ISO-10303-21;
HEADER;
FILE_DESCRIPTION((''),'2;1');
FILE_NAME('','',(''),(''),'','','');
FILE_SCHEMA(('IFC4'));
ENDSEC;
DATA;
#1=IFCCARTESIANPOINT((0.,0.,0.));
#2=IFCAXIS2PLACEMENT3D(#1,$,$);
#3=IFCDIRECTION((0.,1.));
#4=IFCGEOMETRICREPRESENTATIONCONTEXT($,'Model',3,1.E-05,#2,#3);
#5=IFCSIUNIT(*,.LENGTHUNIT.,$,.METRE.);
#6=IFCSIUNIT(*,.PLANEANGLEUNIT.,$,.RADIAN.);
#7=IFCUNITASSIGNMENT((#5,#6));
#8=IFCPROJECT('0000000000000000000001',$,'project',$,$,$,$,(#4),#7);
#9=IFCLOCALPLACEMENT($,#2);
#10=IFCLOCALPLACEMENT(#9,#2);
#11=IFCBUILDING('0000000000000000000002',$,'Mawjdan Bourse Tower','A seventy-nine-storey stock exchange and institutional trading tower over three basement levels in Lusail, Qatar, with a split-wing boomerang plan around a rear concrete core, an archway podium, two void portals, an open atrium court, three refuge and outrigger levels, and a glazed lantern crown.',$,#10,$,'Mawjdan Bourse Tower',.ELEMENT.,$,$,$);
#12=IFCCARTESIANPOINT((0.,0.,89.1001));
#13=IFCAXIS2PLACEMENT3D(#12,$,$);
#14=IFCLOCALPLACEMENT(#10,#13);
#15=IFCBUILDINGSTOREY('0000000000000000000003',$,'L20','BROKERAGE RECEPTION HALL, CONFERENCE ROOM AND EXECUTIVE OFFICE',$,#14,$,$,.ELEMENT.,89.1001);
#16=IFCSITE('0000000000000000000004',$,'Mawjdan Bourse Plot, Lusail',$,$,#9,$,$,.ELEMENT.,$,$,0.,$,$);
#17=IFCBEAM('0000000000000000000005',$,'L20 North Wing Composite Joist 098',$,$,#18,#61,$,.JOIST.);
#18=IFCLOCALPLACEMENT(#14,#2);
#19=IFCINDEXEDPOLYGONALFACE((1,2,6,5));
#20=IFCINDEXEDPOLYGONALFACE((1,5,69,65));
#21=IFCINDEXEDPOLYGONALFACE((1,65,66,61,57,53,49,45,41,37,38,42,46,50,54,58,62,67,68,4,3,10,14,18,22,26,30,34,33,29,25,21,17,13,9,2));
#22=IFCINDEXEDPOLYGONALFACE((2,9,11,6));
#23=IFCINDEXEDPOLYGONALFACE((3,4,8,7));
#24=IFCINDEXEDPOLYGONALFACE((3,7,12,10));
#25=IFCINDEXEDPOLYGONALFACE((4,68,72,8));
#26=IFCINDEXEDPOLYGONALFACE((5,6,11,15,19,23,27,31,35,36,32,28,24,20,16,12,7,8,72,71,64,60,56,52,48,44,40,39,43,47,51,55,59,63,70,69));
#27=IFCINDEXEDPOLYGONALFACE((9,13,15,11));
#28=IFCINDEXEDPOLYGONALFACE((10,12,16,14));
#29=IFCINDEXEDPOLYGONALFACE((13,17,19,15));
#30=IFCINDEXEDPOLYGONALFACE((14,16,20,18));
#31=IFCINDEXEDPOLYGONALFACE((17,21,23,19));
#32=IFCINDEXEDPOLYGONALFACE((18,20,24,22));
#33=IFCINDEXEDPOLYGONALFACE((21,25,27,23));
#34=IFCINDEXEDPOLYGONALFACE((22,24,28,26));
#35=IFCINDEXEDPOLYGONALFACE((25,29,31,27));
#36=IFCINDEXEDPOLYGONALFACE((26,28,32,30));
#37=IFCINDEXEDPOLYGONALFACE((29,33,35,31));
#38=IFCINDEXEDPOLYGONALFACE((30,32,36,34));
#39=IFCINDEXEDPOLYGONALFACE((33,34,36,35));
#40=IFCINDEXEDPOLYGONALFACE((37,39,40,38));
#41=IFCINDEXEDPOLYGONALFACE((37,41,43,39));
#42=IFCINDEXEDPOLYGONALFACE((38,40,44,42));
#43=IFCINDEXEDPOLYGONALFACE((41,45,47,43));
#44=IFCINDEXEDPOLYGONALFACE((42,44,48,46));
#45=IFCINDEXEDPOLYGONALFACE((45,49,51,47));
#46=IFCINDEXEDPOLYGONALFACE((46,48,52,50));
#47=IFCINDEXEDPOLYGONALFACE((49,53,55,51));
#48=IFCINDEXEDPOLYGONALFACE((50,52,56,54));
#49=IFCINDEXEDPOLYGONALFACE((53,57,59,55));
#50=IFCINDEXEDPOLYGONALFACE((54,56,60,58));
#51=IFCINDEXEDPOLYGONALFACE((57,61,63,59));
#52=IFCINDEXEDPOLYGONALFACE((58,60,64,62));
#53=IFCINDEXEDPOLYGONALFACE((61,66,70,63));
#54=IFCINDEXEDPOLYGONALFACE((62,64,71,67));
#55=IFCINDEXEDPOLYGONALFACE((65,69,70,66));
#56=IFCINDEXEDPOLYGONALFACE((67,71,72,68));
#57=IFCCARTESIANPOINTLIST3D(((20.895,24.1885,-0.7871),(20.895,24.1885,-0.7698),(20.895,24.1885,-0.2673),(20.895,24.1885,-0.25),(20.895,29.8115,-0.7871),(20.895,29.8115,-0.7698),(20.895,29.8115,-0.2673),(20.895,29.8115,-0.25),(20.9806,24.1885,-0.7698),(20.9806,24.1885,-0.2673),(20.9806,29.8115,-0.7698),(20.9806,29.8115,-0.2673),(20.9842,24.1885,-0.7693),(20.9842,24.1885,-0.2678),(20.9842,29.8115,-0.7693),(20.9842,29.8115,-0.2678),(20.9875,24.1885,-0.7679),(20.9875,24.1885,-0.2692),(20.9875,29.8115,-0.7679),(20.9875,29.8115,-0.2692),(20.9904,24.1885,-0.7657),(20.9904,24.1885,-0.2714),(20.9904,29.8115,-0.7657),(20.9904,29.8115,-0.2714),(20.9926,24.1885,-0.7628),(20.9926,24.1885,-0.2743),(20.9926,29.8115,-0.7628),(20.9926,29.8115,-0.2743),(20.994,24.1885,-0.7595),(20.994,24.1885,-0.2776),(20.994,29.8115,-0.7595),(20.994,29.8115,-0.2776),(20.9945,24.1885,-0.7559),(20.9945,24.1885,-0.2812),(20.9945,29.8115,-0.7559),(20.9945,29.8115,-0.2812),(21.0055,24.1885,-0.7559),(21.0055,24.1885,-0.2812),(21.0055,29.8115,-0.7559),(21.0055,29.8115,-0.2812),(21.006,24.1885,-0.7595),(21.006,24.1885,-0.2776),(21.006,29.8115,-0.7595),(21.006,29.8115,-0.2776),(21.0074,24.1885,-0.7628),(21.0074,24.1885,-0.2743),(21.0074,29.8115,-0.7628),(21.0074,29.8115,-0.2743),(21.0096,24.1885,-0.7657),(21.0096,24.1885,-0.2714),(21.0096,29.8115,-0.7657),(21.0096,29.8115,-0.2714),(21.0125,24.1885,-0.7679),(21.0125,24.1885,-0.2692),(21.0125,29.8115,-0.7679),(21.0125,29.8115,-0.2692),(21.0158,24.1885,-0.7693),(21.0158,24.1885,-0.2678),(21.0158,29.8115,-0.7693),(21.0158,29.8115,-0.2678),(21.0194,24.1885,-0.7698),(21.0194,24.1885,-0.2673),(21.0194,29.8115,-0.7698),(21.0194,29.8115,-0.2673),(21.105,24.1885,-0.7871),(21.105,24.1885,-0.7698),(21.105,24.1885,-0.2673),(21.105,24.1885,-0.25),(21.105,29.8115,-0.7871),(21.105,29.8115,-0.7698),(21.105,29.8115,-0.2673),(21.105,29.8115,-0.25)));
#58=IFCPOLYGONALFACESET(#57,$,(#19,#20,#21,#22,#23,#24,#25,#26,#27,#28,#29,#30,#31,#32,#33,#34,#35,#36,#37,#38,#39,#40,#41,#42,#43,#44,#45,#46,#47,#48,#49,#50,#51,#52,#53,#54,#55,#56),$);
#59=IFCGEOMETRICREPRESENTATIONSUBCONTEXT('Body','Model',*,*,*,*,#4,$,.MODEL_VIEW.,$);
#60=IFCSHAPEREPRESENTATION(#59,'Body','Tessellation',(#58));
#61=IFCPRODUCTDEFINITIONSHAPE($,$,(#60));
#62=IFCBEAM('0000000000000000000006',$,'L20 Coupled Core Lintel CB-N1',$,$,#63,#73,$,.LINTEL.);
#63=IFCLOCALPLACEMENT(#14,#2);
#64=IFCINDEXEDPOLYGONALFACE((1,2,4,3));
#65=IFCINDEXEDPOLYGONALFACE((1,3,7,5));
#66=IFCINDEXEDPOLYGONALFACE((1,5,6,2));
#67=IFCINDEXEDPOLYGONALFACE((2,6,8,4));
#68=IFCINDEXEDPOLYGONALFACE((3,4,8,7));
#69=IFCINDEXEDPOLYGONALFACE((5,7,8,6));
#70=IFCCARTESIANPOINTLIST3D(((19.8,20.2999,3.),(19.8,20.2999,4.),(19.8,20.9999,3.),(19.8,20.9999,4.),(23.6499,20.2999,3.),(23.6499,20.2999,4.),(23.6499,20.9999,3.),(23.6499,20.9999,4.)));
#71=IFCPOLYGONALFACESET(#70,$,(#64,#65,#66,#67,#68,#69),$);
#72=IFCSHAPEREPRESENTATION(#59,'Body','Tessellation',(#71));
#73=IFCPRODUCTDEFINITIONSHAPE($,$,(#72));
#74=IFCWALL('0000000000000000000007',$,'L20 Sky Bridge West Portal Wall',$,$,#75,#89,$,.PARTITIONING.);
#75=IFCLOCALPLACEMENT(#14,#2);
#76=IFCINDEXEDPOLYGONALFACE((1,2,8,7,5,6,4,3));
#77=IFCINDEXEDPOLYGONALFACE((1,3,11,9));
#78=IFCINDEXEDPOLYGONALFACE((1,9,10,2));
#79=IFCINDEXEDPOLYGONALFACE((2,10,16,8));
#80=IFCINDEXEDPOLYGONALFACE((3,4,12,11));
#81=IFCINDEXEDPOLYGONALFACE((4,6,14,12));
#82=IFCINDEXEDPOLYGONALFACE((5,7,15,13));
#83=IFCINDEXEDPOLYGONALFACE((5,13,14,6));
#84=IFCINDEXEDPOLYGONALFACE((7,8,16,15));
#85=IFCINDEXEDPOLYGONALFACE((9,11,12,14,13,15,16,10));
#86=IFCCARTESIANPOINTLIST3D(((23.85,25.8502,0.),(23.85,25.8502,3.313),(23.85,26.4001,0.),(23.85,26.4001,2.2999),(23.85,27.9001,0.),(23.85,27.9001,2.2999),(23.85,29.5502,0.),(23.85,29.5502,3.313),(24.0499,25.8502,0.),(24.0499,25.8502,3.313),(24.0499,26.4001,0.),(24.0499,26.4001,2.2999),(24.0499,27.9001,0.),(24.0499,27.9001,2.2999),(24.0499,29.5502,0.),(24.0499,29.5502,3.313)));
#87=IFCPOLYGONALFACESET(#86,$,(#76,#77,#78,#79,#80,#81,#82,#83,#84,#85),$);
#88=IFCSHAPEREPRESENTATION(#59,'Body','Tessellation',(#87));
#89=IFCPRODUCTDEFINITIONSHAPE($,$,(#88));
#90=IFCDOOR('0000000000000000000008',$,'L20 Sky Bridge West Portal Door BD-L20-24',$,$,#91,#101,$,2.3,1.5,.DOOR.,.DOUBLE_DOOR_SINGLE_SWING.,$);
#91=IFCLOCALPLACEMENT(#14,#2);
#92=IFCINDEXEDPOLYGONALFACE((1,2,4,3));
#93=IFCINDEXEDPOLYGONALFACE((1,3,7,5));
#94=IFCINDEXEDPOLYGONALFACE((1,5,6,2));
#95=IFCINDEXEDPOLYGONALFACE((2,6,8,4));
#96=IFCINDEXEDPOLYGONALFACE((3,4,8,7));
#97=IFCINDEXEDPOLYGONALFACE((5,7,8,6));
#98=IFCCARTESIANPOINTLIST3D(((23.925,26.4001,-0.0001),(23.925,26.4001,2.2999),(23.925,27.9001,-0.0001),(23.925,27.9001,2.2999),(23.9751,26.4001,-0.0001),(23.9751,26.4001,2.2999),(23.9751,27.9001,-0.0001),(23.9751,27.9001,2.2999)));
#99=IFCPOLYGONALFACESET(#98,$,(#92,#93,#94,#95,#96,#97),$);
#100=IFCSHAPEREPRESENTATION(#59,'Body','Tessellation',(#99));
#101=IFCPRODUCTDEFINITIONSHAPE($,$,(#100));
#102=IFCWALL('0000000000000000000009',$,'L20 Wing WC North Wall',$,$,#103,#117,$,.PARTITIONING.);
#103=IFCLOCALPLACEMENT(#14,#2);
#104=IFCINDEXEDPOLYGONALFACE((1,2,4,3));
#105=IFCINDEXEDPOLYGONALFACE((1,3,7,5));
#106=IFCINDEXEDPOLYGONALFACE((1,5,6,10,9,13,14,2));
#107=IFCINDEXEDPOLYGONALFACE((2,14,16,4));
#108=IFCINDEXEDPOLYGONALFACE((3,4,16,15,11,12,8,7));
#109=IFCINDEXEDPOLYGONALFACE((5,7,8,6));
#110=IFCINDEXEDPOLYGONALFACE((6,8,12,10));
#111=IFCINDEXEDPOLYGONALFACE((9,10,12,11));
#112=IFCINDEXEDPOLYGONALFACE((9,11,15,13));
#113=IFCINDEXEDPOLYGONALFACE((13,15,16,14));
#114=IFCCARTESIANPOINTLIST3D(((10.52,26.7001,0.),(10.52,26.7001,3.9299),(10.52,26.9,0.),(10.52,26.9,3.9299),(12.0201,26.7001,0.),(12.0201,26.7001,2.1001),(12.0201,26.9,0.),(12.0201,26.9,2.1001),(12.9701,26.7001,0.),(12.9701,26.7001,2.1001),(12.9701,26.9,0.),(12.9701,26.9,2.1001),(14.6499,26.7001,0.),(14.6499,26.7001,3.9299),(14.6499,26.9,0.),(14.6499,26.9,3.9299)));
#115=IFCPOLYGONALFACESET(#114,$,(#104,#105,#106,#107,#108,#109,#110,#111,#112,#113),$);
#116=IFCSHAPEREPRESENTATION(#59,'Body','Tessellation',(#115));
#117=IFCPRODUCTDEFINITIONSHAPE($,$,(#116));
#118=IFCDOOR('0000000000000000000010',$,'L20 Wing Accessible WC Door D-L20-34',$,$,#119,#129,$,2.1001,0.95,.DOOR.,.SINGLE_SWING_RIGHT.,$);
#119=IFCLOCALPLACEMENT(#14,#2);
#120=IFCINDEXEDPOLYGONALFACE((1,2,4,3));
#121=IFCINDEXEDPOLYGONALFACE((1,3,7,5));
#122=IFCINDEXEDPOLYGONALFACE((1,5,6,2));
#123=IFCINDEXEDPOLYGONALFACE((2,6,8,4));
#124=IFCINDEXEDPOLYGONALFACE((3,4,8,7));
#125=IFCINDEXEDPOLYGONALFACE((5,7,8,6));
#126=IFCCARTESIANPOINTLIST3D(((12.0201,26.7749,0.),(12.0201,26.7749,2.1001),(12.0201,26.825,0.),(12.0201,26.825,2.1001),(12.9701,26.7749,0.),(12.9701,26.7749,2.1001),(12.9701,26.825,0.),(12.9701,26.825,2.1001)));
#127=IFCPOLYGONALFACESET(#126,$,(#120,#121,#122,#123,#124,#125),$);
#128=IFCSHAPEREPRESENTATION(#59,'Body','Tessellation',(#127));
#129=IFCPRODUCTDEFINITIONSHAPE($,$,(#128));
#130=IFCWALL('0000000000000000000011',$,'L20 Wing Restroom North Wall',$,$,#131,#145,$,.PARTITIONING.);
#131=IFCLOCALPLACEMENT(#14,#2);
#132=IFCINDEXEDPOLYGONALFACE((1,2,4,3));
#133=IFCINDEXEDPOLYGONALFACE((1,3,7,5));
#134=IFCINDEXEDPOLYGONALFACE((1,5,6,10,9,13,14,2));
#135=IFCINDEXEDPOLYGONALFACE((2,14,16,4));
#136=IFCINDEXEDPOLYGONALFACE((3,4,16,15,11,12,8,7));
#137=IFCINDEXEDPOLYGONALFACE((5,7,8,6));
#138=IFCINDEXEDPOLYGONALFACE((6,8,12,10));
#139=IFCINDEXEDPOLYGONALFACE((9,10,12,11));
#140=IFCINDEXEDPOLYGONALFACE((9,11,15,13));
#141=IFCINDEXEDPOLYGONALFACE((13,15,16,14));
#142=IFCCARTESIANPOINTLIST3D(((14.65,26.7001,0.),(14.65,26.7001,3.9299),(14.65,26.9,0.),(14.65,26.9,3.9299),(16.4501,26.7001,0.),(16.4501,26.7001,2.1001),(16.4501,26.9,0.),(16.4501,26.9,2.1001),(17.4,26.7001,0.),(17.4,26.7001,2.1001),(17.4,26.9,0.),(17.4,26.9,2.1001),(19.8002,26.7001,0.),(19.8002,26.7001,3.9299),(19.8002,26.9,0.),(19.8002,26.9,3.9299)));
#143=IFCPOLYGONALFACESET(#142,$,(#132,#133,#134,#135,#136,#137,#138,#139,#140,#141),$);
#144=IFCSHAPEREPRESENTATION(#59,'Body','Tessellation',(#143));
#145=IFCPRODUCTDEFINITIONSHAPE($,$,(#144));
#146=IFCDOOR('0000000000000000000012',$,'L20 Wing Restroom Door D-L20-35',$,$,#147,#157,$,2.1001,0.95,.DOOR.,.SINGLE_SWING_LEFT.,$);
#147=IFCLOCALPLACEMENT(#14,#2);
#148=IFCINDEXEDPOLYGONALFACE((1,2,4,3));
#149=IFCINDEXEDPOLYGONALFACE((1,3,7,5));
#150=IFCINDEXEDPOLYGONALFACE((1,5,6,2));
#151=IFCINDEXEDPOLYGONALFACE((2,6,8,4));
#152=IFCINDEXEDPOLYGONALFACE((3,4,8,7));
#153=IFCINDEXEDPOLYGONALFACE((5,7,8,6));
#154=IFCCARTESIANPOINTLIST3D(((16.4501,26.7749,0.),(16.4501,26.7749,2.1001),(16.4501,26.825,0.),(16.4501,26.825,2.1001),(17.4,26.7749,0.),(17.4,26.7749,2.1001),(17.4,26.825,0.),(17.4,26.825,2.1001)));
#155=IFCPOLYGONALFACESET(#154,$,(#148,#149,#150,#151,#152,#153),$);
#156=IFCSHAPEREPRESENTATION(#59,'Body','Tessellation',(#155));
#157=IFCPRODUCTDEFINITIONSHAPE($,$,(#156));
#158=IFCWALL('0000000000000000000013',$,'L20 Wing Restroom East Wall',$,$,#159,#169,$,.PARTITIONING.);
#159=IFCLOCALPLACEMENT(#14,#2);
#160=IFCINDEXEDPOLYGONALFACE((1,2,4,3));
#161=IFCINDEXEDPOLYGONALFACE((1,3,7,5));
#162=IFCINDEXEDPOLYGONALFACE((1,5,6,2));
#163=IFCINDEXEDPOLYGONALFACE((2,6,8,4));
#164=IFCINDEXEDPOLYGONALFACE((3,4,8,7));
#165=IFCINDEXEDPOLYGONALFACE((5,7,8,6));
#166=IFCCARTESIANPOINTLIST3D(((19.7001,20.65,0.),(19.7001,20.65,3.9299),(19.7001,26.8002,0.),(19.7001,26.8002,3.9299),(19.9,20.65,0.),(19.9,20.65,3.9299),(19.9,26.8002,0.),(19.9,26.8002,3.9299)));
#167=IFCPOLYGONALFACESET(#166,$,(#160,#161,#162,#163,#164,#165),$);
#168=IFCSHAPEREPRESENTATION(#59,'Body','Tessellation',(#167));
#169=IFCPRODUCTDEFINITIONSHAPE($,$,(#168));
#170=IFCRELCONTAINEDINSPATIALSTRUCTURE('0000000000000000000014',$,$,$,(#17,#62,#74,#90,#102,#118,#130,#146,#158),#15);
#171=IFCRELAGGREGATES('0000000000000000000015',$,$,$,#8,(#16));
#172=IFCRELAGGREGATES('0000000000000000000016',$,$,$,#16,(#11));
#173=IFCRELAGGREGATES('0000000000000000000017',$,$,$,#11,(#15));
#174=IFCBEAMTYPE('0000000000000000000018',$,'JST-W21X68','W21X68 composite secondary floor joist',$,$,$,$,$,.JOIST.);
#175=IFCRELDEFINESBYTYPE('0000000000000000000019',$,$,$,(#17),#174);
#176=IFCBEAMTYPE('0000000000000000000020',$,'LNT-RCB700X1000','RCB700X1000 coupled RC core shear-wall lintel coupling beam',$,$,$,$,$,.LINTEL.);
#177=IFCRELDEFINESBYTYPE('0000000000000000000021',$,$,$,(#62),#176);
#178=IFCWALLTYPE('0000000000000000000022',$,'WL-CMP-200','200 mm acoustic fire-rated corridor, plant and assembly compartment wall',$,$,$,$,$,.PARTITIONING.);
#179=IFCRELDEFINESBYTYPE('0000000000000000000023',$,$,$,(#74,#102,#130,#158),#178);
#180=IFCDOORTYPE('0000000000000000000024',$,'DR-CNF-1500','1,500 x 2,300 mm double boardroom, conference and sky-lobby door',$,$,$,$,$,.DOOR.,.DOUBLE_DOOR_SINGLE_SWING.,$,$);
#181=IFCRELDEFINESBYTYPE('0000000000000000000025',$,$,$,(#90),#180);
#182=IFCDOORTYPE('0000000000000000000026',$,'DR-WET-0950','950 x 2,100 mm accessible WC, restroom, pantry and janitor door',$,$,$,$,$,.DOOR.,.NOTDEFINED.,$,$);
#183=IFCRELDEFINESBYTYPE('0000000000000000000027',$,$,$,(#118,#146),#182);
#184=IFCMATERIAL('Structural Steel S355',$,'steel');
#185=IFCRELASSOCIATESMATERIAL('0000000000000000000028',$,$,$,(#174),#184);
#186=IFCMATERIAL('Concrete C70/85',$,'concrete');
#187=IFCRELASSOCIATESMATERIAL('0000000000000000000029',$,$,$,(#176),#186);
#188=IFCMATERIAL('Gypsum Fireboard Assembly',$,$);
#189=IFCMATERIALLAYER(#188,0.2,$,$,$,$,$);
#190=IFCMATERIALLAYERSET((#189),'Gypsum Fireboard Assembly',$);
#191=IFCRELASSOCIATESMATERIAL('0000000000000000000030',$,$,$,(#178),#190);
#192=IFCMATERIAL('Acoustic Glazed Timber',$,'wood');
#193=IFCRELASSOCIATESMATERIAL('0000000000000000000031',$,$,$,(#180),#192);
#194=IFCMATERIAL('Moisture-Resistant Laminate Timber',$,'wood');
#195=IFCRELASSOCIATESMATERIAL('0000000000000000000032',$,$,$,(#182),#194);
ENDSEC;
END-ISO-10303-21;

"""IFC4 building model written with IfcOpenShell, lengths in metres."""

from ifc_helpers import new_model, si_unit, direction, frame, frame_2d, origin, origin_2d, place, context, subcontext, project, spatial, rectangle, i_section, extrude, material, layer, layer_set, material_profile, profile_set, type_object, element, fill, save


model = new_model("IFC4")

# Units and contexts
model_context = context("Model", 3, precision=1e-05, world=origin(), true_north=direction((0.0, 1.0)))
body_context = subcontext(model_context, "Body", "Model", "MODEL_VIEW")
ifc_project = project(units=[si_unit("LENGTHUNIT", "METRE"), si_unit("PLANEANGLEUNIT", "RADIAN")], contexts=[model_context])

# Site, building, storey
site_placement = place(None, origin())
site = spatial("IfcSite", under=ifc_project, at=site_placement, Name="Mawjdan Bourse Plot, Lusail", CompositionType="ELEMENT", RefElevation=0.0)
building_placement = place(site_placement, origin())
building = spatial("IfcBuilding", under=site, at=building_placement, Name="Mawjdan Bourse Tower", Description="A seventy-nine-storey stock exchange and institutional trading tower over three basement levels in Lusail, Qatar, with a split-wing boomerang plan around a rear concrete core, an archway podium, two void portals, an open atrium court, three refuge and outrigger levels, and a glazed lantern crown.", LongName="Mawjdan Bourse Tower", CompositionType="ELEMENT")
storey_placement = place(building_placement, frame((0.0, 0.0, 89.1001)))
storey = spatial("IfcBuildingStorey", under=building, at=storey_placement, Name="L20", Description="BROKERAGE RECEPTION HALL, CONFERENCE ROOM AND EXECUTIVE OFFICE", CompositionType="ELEMENT", Elevation=89.1001)

# Shared definitions
ifc_material_1 = material(Name="Concrete C70/85", Category="concrete")

# Beams
ifc_material_2 = material(Name="Structural Steel S355", Category="steel")
ifc_material_profile_1 = material_profile(ifc_material_2, i_section(OverallWidth=0.21, OverallDepth=0.5371, WebThickness=0.011, FlangeThickness=0.0173, FilletRadius=0.0139, at=origin_2d()), Name="W21X68")
ifc_profile_set_1 = profile_set([ifc_material_profile_1], Name="Structural Steel S355")
beam_type_1 = type_object("IfcBeamType", Name="JST-W21X68", Description="W21X68 composite secondary floor joist", PredefinedType="JOIST", material=ifc_profile_set_1)
beam_1_placement = place(storey_placement, frame((21.0, 24.1885, -0.5186), z_axis=(0.0, 1.0, 0.0), x_axis=(-1.0, 0.0, 0.0)))
element("IfcBeam", 1, at=beam_1_placement, inside=storey, type_object=beam_type_1, Name="L20 North Wing Composite Joist 098", PredefinedType="JOIST", context=body_context, shape_type="SweptSolid", body=[
    extrude(i_section(OverallWidth=0.21, OverallDepth=0.5371, WebThickness=0.011, FlangeThickness=0.0173, FilletRadius=0.0139, at=origin_2d()), origin(), (0.0, 0.0, 1.0), 5.623),
])
ifc_material_profile_2 = material_profile(ifc_material_1, rectangle(XDim=0.7, YDim=1.0, at=origin_2d()), Name="RCB700X1000")
ifc_profile_set_2 = profile_set([ifc_material_profile_2], Name="Concrete C70/85")
beam_type_2 = type_object("IfcBeamType", Name="LNT-RCB700X1000", Description="RCB700X1000 coupled RC core shear-wall lintel coupling beam", PredefinedType="LINTEL", material=ifc_profile_set_2)
beam_2_placement = place(storey_placement, frame((19.8, 20.6499, 3.5), z_axis=(1.0, 0.0, 0.0), x_axis=(0.0, 1.0, 0.0)))
element("IfcBeam", 2, at=beam_2_placement, inside=storey, type_object=beam_type_2, Name="L20 Coupled Core Lintel CB-N1", PredefinedType="LINTEL", context=body_context, shape_type="SweptSolid", body=[
    extrude(rectangle(XDim=0.7, YDim=1.0, at=origin_2d()), origin(), (0.0, 0.0, 1.0), 3.8499),
])

# Walls, openings, doors
ifc_material_3 = material(Name="Gypsum Fireboard Assembly")
ifc_layer_1 = layer(ifc_material_3, 0.2)
ifc_layer_set_1 = layer_set([ifc_layer_1], Name="Gypsum Fireboard Assembly")
wall_type_1 = type_object("IfcWallType", Name="WL-CMP-200", Description="200 mm acoustic fire-rated corridor, plant and assembly compartment wall", PredefinedType="PARTITIONING", material=ifc_layer_set_1)
wall_1_placement = place(storey_placement, frame((23.95, 25.8501, 0.0), z_axis=(0.0, 0.0, 1.0), x_axis=(0.0, 1.0, 0.0)))
wall_1 = element("IfcWall", 3, at=wall_1_placement, inside=storey, type_object=wall_type_1, Name="L20 Sky Bridge West Portal Wall", PredefinedType="PARTITIONING", context=body_context, shape_type="SweptSolid", body=[
    extrude(rectangle(XDim=3.7, YDim=0.2, at=frame_2d((1.8501, 0.0))), origin(), (0.0, 0.0, 1.0), 3.313),
])
opening_1_placement = place(wall_1_placement, frame((0.55, 0.0, 0.0)))
opening_1 = element("IfcOpeningElement", 4, at=opening_1_placement, cuts=wall_1, PredefinedType="OPENING", context=body_context, shape_type="SweptSolid", body=[
    extrude(rectangle(XDim=1.5, YDim=2.3, at=frame_2d((0.75, 1.1499))), frame((0.0, 0.1099, 0.0), z_axis=(0.0, -1.0, 0.0), x_axis=(1.0, 0.0, 0.0)), (0.0, 0.0, 1.0), 0.22),
])
ifc_material_4 = material(Name="Acoustic Glazed Timber", Category="wood")
door_type_1 = type_object("IfcDoorType", Name="DR-CNF-1500", Description="1,500 x 2,300 mm double boardroom, conference and sky-lobby door", OperationType="DOUBLE_DOOR_SINGLE_SWING", PredefinedType="DOOR", material=ifc_material_4)
door_1_placement = place(opening_1_placement, origin())
door_1 = element("IfcDoor", 5, at=door_1_placement, inside=storey, type_object=door_type_1, Name="L20 Sky Bridge West Portal Door BD-L20-24", OperationType="DOUBLE_DOOR_SINGLE_SWING", OverallHeight=2.3, OverallWidth=1.5, PredefinedType="DOOR", context=body_context, shape_type="SweptSolid", body=[
    extrude(rectangle(XDim=1.5, YDim=2.3, at=frame_2d((0.75, 1.1499))), frame((0.0, 0.0249, 0.0), z_axis=(0.0, -1.0, 0.0), x_axis=(1.0, 0.0, 0.0)), (0.0, 0.0, 1.0), 0.05),
])
fill(opening_1, door_1)
wall_2_placement = place(storey_placement, frame((10.52, 26.8, 0.0), z_axis=(0.0, 0.0, 1.0), x_axis=(1.0, 0.0, 0.0)))
wall_2 = element("IfcWall", 6, at=wall_2_placement, inside=storey, type_object=wall_type_1, Name="L20 Wing WC North Wall", PredefinedType="PARTITIONING", context=body_context, shape_type="SweptSolid", body=[
    extrude(rectangle(XDim=4.1299, YDim=0.2, at=frame_2d((2.0649, 0.0))), origin(), (0.0, 0.0, 1.0), 3.9299),
])
opening_2_placement = place(wall_2_placement, frame((1.5, 0.0, 0.0)))
opening_2 = element("IfcOpeningElement", 7, at=opening_2_placement, cuts=wall_2, PredefinedType="OPENING", context=body_context, shape_type="SweptSolid", body=[
    extrude(rectangle(XDim=0.95, YDim=2.1001, at=frame_2d((0.4751, 1.05))), frame((0.0, 0.1099, 0.0), z_axis=(0.0, -1.0, 0.0), x_axis=(1.0, 0.0, 0.0)), (0.0, 0.0, 1.0), 0.22),
])
ifc_material_5 = material(Name="Moisture-Resistant Laminate Timber", Category="wood")
door_type_2 = type_object("IfcDoorType", Name="DR-WET-0950", Description="950 x 2,100 mm accessible WC, restroom, pantry and janitor door", OperationType="NOTDEFINED", PredefinedType="DOOR", material=ifc_material_5)
door_2_placement = place(opening_2_placement, origin())
door_2 = element("IfcDoor", 8, at=door_2_placement, inside=storey, type_object=door_type_2, Name="L20 Wing Accessible WC Door D-L20-34", OperationType="SINGLE_SWING_RIGHT", OverallHeight=2.1001, OverallWidth=0.95, PredefinedType="DOOR", context=body_context, shape_type="SweptSolid", body=[
    extrude(rectangle(XDim=0.95, YDim=2.1001, at=frame_2d((0.4751, 1.05))), frame((0.0, 0.0249, 0.0), z_axis=(0.0, -1.0, 0.0), x_axis=(1.0, 0.0, 0.0)), (0.0, 0.0, 1.0), 0.05),
])
fill(opening_2, door_2)
wall_3_placement = place(storey_placement, frame((14.6499, 26.8, 0.0), z_axis=(0.0, 0.0, 1.0), x_axis=(1.0, 0.0, 0.0)))
wall_3 = element("IfcWall", 9, at=wall_3_placement, inside=storey, type_object=wall_type_1, Name="L20 Wing Restroom North Wall", PredefinedType="PARTITIONING", context=body_context, shape_type="SweptSolid", body=[
    extrude(rectangle(XDim=5.1501, YDim=0.2, at=frame_2d((2.5752, 0.0))), origin(), (0.0, 0.0, 1.0), 3.9299),
])
opening_3_placement = place(wall_3_placement, frame((1.8, 0.0, 0.0)))
opening_3 = element("IfcOpeningElement", 10, at=opening_3_placement, cuts=wall_3, PredefinedType="OPENING", context=body_context, shape_type="SweptSolid", body=[
    extrude(rectangle(XDim=0.95, YDim=2.1001, at=frame_2d((0.4751, 1.05))), frame((0.0, 0.1099, 0.0), z_axis=(0.0, -1.0, 0.0), x_axis=(1.0, 0.0, 0.0)), (0.0, 0.0, 1.0), 0.22),
])
door_3_placement = place(opening_3_placement, origin())
door_3 = element("IfcDoor", 11, at=door_3_placement, inside=storey, type_object=door_type_2, Name="L20 Wing Restroom Door D-L20-35", OperationType="SINGLE_SWING_LEFT", OverallHeight=2.1001, OverallWidth=0.95, PredefinedType="DOOR", context=body_context, shape_type="SweptSolid", body=[
    extrude(rectangle(XDim=0.95, YDim=2.1001, at=frame_2d((0.4751, 1.05))), frame((0.0, 0.0249, 0.0), z_axis=(0.0, -1.0, 0.0), x_axis=(1.0, 0.0, 0.0)), (0.0, 0.0, 1.0), 0.05),
])
fill(opening_3, door_3)

# Wall
wall_4_placement = place(storey_placement, frame((19.8, 20.6499, 0.0), z_axis=(0.0, 0.0, 1.0), x_axis=(0.0, 1.0, 0.0)))
element("IfcWall", 12, at=wall_4_placement, inside=storey, type_object=wall_type_1, Name="L20 Wing Restroom East Wall", PredefinedType="PARTITIONING", context=body_context, shape_type="SweptSolid", body=[
    extrude(rectangle(XDim=6.1501, YDim=0.2, at=frame_2d((3.0752, 0.0))), origin(), (0.0, 0.0, 1.0), 3.9299),
])

save(model, "model.ifc")
